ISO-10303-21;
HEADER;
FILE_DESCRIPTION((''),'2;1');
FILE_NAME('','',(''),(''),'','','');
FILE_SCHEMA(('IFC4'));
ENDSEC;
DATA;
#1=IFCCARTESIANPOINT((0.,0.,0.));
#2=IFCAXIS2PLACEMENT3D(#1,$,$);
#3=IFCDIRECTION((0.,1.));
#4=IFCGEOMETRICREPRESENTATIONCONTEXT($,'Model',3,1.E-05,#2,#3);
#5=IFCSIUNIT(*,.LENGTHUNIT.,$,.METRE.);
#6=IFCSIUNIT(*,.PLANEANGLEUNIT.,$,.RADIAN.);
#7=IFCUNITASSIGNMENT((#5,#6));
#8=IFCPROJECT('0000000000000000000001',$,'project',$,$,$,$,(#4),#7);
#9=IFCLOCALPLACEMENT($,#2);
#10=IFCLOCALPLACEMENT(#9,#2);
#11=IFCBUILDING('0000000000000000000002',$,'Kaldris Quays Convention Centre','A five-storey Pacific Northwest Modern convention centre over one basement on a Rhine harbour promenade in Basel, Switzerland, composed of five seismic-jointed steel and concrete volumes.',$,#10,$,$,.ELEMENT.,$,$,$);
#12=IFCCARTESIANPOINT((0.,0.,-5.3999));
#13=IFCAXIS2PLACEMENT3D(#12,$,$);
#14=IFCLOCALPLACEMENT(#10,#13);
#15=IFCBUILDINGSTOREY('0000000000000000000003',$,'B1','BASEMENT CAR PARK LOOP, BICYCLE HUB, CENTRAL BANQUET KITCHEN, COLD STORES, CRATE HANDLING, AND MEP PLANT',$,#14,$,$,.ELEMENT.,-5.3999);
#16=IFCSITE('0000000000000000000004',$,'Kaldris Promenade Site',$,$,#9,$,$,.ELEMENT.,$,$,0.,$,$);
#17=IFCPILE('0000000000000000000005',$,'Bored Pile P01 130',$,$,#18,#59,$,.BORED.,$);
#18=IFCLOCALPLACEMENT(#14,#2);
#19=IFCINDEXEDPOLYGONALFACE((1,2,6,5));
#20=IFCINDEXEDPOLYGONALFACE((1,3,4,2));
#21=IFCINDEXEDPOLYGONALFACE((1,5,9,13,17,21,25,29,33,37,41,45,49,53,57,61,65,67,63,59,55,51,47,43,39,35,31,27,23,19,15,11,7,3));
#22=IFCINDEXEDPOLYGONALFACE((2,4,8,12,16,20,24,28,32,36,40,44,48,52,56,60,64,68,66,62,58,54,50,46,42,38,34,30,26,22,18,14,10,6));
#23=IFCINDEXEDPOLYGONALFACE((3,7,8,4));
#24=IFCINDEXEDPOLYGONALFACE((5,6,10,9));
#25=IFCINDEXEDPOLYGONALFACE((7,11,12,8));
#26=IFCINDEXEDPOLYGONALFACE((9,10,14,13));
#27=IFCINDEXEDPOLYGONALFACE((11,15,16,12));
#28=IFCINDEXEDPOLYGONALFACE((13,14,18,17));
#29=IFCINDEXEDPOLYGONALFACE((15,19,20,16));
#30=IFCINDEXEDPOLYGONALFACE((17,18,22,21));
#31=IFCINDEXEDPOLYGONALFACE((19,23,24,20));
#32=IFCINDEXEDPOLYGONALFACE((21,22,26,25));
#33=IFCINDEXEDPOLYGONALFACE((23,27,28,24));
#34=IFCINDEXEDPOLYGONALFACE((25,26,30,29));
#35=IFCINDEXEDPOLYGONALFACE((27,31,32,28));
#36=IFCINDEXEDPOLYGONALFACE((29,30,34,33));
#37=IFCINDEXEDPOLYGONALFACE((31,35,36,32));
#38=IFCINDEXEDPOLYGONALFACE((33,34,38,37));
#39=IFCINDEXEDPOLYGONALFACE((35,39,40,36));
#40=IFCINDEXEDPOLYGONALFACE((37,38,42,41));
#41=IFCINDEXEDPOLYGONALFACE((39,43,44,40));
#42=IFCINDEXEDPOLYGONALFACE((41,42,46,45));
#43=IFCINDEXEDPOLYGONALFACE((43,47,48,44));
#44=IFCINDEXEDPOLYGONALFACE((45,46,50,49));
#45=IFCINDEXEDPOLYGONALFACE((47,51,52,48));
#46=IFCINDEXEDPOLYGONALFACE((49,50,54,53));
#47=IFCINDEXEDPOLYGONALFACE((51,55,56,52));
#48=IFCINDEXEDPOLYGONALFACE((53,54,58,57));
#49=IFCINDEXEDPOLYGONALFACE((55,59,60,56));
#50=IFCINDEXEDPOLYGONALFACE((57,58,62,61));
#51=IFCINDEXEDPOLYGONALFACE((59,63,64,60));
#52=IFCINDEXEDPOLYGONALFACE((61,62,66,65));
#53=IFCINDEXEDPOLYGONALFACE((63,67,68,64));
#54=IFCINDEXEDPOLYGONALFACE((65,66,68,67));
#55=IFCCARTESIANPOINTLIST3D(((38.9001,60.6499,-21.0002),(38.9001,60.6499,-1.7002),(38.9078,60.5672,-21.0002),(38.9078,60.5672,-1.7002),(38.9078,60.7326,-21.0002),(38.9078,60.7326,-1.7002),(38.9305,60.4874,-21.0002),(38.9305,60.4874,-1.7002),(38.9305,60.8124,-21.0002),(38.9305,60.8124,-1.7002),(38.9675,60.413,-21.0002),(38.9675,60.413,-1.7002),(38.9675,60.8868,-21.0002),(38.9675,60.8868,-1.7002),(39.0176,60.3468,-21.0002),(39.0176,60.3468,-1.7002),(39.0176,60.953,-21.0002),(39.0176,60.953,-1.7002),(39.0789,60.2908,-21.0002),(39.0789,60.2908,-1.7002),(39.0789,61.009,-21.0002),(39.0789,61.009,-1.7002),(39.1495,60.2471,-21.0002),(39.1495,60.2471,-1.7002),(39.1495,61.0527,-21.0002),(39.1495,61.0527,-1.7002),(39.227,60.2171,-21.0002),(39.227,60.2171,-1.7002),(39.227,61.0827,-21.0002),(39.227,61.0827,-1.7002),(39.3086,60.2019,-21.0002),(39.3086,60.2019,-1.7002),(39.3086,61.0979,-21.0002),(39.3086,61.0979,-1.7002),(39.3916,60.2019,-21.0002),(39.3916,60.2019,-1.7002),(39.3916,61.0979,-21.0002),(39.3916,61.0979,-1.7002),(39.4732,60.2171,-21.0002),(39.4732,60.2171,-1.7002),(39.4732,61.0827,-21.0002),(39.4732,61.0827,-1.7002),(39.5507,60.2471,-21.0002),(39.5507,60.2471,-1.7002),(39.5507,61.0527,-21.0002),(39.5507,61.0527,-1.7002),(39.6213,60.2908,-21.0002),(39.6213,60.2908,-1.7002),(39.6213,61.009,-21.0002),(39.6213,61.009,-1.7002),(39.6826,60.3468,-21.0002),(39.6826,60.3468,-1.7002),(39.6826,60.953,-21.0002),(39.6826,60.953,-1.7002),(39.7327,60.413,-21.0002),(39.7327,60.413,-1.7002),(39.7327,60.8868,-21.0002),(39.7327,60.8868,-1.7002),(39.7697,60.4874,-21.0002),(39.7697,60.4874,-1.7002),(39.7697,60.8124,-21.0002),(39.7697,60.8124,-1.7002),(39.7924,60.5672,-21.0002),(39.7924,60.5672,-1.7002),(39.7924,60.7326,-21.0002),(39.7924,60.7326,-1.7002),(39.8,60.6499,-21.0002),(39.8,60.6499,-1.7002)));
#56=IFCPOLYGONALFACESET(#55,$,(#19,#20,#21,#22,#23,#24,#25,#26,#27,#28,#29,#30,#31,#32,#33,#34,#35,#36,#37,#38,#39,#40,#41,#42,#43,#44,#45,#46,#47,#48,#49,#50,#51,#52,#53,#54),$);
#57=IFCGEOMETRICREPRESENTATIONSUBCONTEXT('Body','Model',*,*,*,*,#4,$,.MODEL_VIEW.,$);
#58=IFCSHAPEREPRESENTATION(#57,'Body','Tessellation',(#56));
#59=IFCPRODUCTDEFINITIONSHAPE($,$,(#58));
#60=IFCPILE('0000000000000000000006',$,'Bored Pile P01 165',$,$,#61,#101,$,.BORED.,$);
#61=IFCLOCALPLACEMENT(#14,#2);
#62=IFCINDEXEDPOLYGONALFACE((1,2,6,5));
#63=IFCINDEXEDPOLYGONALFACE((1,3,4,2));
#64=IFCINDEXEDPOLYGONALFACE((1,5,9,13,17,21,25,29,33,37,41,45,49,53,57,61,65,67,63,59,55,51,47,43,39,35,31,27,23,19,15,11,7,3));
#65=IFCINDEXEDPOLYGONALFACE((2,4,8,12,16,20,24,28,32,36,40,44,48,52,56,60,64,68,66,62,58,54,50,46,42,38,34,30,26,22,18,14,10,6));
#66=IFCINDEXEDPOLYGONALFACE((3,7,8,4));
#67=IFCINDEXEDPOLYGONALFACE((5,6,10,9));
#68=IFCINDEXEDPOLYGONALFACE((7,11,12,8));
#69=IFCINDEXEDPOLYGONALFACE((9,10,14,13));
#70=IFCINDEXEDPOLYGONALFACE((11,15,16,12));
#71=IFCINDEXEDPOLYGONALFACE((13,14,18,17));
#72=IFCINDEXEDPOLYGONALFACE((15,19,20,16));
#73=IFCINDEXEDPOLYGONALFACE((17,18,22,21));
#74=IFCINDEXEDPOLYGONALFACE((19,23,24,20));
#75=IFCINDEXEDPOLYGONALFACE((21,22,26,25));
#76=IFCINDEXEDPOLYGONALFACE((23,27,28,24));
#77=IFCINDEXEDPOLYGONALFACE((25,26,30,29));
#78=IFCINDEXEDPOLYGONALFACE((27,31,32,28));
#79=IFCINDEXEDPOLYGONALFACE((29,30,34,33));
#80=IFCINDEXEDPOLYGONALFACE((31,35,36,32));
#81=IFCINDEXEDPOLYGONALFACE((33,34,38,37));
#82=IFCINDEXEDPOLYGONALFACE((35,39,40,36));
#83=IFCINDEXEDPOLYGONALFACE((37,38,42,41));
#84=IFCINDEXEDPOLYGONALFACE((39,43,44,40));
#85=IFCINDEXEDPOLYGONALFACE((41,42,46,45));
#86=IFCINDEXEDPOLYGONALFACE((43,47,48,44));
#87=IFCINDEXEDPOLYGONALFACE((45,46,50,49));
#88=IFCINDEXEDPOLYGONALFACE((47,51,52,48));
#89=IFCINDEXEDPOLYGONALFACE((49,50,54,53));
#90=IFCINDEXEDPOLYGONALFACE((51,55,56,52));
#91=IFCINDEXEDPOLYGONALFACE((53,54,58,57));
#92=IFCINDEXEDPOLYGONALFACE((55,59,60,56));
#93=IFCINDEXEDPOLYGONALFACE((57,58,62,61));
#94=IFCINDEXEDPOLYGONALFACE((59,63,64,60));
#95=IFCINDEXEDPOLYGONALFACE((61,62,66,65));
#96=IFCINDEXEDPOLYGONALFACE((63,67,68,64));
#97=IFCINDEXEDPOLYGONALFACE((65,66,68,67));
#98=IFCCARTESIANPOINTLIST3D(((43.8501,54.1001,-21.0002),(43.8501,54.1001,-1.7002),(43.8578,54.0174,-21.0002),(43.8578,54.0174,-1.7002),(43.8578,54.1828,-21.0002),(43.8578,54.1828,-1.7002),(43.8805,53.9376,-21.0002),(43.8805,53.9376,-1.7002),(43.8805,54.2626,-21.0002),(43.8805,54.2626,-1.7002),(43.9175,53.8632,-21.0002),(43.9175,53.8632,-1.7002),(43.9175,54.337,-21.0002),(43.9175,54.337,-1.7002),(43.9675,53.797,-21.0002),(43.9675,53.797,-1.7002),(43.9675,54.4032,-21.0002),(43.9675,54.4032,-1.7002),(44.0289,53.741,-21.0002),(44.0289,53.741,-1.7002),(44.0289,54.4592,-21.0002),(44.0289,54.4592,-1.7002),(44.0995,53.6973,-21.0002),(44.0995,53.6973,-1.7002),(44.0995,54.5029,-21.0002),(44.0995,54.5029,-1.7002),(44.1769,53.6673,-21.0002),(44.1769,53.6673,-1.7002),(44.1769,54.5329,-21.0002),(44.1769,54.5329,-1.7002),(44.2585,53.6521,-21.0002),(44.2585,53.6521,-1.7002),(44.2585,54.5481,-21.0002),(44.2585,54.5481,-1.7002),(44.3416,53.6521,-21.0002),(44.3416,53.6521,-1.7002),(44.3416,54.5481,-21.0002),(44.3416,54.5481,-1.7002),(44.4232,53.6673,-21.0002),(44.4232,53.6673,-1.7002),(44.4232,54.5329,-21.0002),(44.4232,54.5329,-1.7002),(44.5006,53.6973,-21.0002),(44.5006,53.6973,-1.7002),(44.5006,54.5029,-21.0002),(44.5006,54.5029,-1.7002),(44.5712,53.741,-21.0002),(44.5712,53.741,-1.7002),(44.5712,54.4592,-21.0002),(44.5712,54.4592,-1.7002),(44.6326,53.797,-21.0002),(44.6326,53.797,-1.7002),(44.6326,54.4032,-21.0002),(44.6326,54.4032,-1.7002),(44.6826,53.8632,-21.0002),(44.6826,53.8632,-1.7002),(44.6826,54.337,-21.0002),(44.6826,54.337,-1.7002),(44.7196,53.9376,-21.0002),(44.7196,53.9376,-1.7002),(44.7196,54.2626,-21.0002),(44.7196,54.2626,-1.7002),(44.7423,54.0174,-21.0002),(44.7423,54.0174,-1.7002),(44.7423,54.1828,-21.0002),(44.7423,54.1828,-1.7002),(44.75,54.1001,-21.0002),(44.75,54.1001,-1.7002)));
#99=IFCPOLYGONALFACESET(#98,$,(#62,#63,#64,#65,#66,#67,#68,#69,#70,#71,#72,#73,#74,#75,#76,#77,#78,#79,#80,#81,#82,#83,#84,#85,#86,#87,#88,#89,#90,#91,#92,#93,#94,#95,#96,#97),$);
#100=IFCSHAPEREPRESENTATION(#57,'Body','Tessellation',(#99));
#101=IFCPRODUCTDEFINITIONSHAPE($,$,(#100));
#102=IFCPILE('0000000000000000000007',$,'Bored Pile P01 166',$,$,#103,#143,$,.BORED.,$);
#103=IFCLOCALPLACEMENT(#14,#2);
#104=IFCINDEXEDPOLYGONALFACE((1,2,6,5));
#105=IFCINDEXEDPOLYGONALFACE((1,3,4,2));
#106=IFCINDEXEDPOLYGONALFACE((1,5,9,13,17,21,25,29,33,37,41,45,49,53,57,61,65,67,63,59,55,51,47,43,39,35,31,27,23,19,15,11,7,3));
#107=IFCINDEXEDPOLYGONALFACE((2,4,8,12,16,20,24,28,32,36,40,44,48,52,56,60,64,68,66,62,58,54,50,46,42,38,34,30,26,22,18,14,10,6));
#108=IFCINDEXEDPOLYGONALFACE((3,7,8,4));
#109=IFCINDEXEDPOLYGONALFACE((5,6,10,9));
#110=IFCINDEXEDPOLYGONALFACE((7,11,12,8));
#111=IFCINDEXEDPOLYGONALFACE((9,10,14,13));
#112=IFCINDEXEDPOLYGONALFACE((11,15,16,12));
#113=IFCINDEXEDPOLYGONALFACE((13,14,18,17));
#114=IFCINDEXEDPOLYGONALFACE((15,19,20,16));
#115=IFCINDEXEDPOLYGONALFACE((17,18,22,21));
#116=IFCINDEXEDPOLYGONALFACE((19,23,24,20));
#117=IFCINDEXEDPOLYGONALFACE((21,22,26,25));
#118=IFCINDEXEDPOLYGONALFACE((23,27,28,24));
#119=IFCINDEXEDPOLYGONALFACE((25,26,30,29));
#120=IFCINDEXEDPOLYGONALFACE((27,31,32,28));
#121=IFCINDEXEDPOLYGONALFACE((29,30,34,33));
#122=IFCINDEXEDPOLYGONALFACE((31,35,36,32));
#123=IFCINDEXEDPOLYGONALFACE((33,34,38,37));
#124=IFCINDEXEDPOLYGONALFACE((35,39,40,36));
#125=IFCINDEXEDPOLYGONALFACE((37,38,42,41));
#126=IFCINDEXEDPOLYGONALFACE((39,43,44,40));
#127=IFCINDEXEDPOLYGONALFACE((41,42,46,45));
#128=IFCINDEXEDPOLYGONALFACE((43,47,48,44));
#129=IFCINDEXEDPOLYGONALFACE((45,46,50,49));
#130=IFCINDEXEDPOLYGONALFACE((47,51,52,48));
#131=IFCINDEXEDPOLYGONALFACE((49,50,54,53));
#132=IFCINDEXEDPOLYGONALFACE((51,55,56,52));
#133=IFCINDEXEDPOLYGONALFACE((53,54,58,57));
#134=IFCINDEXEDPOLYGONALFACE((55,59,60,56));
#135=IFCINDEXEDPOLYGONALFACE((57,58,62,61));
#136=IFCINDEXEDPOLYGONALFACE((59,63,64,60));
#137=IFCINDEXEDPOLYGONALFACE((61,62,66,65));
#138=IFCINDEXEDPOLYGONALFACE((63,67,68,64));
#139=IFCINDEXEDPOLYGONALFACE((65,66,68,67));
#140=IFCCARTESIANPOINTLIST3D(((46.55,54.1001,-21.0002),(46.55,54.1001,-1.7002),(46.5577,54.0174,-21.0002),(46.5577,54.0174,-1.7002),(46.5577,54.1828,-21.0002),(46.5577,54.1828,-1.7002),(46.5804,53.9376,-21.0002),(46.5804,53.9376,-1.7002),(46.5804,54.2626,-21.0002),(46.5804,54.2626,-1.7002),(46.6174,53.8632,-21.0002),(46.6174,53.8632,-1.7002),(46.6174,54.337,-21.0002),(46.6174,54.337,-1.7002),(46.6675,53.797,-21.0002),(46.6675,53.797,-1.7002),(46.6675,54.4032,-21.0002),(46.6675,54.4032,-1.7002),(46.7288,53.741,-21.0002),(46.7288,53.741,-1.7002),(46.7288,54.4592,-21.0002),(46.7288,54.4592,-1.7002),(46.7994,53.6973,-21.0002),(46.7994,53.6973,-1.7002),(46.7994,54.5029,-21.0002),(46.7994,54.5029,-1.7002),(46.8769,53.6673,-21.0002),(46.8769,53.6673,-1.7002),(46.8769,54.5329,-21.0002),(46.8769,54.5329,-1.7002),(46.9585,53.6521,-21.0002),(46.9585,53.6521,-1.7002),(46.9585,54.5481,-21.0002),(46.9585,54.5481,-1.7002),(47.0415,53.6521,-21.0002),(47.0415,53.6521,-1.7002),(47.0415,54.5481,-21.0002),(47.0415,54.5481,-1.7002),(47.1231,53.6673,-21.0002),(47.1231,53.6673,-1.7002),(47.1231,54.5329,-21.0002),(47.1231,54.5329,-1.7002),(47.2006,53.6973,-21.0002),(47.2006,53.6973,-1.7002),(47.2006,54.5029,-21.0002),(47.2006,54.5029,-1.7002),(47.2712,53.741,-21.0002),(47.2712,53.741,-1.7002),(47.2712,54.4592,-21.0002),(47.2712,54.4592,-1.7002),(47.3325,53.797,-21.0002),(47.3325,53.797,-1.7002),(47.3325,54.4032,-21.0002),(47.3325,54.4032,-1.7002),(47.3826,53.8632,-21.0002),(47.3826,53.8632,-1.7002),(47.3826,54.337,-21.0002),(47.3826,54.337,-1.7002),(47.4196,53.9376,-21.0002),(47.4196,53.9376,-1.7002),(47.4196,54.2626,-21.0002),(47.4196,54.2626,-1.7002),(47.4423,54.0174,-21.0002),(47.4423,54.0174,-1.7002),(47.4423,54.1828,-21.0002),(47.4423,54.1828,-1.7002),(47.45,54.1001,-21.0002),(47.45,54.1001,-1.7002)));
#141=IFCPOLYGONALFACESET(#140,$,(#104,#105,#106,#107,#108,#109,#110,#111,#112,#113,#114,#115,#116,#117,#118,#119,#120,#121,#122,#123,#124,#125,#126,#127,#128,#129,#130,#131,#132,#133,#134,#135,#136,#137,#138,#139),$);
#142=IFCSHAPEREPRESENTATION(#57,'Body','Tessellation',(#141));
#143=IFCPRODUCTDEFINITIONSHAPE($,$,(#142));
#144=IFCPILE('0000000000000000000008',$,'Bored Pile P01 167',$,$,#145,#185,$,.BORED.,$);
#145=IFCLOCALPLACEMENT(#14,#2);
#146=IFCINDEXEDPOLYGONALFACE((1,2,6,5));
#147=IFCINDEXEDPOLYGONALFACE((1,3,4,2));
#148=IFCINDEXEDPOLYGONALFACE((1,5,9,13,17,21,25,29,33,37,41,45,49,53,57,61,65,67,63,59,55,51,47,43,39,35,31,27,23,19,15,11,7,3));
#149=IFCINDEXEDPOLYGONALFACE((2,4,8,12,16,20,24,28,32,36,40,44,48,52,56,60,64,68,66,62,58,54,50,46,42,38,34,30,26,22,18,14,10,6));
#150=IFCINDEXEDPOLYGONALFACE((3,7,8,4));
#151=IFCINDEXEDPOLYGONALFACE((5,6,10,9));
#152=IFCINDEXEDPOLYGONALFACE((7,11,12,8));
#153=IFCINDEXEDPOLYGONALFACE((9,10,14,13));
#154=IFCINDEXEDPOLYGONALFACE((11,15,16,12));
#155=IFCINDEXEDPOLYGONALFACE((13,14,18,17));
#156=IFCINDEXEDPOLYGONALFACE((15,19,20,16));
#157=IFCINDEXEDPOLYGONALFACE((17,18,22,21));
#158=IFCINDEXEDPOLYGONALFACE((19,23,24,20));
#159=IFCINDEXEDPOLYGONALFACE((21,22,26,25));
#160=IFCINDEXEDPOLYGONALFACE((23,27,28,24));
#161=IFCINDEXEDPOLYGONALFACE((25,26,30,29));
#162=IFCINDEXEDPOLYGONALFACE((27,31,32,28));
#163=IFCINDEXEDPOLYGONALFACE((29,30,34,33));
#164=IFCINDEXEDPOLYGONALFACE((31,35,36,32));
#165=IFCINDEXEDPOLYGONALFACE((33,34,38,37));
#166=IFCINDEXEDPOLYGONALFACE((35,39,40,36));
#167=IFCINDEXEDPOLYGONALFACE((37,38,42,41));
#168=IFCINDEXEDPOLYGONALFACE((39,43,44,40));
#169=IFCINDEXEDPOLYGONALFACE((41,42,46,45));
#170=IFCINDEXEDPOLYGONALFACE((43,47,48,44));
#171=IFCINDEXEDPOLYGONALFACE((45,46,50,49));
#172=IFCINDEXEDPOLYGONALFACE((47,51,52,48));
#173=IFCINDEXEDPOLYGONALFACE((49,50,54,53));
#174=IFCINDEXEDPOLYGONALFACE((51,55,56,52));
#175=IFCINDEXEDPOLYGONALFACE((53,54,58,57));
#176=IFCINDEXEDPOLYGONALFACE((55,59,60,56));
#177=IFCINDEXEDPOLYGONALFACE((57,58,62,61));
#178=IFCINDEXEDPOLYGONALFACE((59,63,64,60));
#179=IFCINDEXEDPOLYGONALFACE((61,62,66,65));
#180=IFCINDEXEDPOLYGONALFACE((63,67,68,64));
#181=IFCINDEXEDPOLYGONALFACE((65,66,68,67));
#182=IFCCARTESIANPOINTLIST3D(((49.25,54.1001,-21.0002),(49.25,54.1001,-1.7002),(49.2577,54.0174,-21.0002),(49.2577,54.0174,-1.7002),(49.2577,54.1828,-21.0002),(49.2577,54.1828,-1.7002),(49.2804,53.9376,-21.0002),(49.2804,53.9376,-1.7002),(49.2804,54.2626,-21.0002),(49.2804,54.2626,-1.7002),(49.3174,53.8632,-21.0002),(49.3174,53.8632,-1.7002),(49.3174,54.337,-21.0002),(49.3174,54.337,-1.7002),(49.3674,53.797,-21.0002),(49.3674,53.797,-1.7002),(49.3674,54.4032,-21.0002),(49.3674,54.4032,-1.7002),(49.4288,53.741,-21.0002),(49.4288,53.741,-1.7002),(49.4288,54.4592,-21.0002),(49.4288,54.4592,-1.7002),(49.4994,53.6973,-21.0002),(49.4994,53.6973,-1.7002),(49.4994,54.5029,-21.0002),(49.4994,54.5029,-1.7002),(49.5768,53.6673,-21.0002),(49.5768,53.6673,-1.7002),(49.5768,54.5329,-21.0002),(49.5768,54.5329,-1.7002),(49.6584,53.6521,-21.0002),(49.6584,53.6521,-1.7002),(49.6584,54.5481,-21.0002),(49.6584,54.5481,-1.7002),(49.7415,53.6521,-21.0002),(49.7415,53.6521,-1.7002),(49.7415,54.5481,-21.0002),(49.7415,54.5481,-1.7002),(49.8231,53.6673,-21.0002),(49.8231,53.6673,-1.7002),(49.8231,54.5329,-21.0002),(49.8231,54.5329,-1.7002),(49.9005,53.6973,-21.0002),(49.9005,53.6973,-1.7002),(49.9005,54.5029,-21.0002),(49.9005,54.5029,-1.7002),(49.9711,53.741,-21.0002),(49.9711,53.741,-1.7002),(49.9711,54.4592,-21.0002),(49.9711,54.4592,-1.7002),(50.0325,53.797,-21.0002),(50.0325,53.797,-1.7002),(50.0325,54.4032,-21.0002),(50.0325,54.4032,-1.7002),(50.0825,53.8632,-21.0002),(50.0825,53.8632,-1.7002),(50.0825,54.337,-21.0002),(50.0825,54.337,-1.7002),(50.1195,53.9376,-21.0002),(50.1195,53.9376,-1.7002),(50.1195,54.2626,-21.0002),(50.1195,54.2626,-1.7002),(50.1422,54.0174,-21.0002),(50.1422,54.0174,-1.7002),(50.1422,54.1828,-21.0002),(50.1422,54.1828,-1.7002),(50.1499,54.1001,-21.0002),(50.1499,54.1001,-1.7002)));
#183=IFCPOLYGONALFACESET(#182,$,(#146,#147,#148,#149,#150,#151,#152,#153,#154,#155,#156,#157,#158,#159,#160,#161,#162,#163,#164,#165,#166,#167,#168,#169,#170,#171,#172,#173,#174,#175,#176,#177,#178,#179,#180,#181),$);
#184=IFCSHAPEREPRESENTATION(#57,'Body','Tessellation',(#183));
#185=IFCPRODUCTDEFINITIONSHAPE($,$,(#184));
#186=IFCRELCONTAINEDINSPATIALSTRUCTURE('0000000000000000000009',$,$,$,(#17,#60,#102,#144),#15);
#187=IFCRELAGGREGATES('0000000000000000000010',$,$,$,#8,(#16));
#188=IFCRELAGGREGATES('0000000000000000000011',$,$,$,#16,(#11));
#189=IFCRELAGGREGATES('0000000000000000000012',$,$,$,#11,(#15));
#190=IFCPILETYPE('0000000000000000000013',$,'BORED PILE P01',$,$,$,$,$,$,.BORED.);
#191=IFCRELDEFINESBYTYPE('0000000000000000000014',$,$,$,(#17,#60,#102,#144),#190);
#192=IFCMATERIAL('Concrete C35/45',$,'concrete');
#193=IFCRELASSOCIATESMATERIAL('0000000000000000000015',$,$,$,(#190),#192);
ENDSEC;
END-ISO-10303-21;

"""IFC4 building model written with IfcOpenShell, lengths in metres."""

from ifc_helpers import new_model, si_unit, direction, frame, origin, origin_2d, place, context, subcontext, project, spatial, circle, extrude, material, material_profile, profile_set, type_object, element, save


model = new_model("IFC4")

# Units and contexts
model_context = context("Model", 3, precision=1e-05, world=origin(), true_north=direction((0.0, 1.0)))
body_context = subcontext(model_context, "Body", "Model", "MODEL_VIEW")
ifc_project = project(units=[si_unit("LENGTHUNIT", "METRE"), si_unit("PLANEANGLEUNIT", "RADIAN")], contexts=[model_context])

# Site, building, storey
site_placement = place(None, origin())
site = spatial("IfcSite", under=ifc_project, at=site_placement, Name="Kaldris Promenade Site", CompositionType="ELEMENT", RefElevation=0.0)
building_placement = place(site_placement, origin())
building = spatial("IfcBuilding", under=site, at=building_placement, Name="Kaldris Quays Convention Centre", Description="A five-storey Pacific Northwest Modern convention centre over one basement on a Rhine harbour promenade in Basel, Switzerland, composed of five seismic-jointed steel and concrete volumes.", CompositionType="ELEMENT")
storey_placement = place(building_placement, frame((0.0, 0.0, -5.3999)))
storey = spatial("IfcBuildingStorey", under=building, at=storey_placement, Name="B1", Description="BASEMENT CAR PARK LOOP, BICYCLE HUB, CENTRAL BANQUET KITCHEN, COLD STORES, CRATE HANDLING, AND MEP PLANT", CompositionType="ELEMENT", Elevation=-5.3999)

# Piles
ifc_material_1 = material(Name="Concrete C35/45", Category="concrete")
ifc_material_profile_1 = material_profile(ifc_material_1, circle(Radius=0.45, at=origin_2d()), Name="BORED PILE D900")
ifc_profile_set_1 = profile_set([ifc_material_profile_1], Name="Concrete C35/45")
pile_type_1 = type_object("IfcPileType", Name="BORED PILE P01", PredefinedType="BORED", material=ifc_profile_set_1)
for number, where, z_axis, x_axis, name in (
    (1, (39.3501, 60.6499, -1.7002), (0.0, 0.0, -1.0), (1.0, 0.0, 0.0), "Bored Pile P01 130"),
    (2, (44.3, 54.1001, -1.7002), (0.0, 0.0, -1.0), (1.0, 0.0, 0.0), "Bored Pile P01 165"),
    (3, (47.0, 54.1001, -1.7002), (0.0, 0.0, -1.0), (1.0, 0.0, 0.0), "Bored Pile P01 166"),
    (4, (49.7, 54.1001, -1.7002), (0.0, 0.0, -1.0), (1.0, 0.0, 0.0), "Bored Pile P01 167"),
):
    element("IfcPile", number, at=place(storey_placement, frame(where, z_axis=z_axis, x_axis=x_axis)), inside=storey, type_object=pile_type_1, Name=name, PredefinedType="BORED", context=body_context, shape_type="SweptSolid", body=[
        extrude(circle(Radius=0.45, at=origin_2d()), origin(), (0.0, 0.0, 1.0), 19.3),
    ])

save(model, "model.ifc")
